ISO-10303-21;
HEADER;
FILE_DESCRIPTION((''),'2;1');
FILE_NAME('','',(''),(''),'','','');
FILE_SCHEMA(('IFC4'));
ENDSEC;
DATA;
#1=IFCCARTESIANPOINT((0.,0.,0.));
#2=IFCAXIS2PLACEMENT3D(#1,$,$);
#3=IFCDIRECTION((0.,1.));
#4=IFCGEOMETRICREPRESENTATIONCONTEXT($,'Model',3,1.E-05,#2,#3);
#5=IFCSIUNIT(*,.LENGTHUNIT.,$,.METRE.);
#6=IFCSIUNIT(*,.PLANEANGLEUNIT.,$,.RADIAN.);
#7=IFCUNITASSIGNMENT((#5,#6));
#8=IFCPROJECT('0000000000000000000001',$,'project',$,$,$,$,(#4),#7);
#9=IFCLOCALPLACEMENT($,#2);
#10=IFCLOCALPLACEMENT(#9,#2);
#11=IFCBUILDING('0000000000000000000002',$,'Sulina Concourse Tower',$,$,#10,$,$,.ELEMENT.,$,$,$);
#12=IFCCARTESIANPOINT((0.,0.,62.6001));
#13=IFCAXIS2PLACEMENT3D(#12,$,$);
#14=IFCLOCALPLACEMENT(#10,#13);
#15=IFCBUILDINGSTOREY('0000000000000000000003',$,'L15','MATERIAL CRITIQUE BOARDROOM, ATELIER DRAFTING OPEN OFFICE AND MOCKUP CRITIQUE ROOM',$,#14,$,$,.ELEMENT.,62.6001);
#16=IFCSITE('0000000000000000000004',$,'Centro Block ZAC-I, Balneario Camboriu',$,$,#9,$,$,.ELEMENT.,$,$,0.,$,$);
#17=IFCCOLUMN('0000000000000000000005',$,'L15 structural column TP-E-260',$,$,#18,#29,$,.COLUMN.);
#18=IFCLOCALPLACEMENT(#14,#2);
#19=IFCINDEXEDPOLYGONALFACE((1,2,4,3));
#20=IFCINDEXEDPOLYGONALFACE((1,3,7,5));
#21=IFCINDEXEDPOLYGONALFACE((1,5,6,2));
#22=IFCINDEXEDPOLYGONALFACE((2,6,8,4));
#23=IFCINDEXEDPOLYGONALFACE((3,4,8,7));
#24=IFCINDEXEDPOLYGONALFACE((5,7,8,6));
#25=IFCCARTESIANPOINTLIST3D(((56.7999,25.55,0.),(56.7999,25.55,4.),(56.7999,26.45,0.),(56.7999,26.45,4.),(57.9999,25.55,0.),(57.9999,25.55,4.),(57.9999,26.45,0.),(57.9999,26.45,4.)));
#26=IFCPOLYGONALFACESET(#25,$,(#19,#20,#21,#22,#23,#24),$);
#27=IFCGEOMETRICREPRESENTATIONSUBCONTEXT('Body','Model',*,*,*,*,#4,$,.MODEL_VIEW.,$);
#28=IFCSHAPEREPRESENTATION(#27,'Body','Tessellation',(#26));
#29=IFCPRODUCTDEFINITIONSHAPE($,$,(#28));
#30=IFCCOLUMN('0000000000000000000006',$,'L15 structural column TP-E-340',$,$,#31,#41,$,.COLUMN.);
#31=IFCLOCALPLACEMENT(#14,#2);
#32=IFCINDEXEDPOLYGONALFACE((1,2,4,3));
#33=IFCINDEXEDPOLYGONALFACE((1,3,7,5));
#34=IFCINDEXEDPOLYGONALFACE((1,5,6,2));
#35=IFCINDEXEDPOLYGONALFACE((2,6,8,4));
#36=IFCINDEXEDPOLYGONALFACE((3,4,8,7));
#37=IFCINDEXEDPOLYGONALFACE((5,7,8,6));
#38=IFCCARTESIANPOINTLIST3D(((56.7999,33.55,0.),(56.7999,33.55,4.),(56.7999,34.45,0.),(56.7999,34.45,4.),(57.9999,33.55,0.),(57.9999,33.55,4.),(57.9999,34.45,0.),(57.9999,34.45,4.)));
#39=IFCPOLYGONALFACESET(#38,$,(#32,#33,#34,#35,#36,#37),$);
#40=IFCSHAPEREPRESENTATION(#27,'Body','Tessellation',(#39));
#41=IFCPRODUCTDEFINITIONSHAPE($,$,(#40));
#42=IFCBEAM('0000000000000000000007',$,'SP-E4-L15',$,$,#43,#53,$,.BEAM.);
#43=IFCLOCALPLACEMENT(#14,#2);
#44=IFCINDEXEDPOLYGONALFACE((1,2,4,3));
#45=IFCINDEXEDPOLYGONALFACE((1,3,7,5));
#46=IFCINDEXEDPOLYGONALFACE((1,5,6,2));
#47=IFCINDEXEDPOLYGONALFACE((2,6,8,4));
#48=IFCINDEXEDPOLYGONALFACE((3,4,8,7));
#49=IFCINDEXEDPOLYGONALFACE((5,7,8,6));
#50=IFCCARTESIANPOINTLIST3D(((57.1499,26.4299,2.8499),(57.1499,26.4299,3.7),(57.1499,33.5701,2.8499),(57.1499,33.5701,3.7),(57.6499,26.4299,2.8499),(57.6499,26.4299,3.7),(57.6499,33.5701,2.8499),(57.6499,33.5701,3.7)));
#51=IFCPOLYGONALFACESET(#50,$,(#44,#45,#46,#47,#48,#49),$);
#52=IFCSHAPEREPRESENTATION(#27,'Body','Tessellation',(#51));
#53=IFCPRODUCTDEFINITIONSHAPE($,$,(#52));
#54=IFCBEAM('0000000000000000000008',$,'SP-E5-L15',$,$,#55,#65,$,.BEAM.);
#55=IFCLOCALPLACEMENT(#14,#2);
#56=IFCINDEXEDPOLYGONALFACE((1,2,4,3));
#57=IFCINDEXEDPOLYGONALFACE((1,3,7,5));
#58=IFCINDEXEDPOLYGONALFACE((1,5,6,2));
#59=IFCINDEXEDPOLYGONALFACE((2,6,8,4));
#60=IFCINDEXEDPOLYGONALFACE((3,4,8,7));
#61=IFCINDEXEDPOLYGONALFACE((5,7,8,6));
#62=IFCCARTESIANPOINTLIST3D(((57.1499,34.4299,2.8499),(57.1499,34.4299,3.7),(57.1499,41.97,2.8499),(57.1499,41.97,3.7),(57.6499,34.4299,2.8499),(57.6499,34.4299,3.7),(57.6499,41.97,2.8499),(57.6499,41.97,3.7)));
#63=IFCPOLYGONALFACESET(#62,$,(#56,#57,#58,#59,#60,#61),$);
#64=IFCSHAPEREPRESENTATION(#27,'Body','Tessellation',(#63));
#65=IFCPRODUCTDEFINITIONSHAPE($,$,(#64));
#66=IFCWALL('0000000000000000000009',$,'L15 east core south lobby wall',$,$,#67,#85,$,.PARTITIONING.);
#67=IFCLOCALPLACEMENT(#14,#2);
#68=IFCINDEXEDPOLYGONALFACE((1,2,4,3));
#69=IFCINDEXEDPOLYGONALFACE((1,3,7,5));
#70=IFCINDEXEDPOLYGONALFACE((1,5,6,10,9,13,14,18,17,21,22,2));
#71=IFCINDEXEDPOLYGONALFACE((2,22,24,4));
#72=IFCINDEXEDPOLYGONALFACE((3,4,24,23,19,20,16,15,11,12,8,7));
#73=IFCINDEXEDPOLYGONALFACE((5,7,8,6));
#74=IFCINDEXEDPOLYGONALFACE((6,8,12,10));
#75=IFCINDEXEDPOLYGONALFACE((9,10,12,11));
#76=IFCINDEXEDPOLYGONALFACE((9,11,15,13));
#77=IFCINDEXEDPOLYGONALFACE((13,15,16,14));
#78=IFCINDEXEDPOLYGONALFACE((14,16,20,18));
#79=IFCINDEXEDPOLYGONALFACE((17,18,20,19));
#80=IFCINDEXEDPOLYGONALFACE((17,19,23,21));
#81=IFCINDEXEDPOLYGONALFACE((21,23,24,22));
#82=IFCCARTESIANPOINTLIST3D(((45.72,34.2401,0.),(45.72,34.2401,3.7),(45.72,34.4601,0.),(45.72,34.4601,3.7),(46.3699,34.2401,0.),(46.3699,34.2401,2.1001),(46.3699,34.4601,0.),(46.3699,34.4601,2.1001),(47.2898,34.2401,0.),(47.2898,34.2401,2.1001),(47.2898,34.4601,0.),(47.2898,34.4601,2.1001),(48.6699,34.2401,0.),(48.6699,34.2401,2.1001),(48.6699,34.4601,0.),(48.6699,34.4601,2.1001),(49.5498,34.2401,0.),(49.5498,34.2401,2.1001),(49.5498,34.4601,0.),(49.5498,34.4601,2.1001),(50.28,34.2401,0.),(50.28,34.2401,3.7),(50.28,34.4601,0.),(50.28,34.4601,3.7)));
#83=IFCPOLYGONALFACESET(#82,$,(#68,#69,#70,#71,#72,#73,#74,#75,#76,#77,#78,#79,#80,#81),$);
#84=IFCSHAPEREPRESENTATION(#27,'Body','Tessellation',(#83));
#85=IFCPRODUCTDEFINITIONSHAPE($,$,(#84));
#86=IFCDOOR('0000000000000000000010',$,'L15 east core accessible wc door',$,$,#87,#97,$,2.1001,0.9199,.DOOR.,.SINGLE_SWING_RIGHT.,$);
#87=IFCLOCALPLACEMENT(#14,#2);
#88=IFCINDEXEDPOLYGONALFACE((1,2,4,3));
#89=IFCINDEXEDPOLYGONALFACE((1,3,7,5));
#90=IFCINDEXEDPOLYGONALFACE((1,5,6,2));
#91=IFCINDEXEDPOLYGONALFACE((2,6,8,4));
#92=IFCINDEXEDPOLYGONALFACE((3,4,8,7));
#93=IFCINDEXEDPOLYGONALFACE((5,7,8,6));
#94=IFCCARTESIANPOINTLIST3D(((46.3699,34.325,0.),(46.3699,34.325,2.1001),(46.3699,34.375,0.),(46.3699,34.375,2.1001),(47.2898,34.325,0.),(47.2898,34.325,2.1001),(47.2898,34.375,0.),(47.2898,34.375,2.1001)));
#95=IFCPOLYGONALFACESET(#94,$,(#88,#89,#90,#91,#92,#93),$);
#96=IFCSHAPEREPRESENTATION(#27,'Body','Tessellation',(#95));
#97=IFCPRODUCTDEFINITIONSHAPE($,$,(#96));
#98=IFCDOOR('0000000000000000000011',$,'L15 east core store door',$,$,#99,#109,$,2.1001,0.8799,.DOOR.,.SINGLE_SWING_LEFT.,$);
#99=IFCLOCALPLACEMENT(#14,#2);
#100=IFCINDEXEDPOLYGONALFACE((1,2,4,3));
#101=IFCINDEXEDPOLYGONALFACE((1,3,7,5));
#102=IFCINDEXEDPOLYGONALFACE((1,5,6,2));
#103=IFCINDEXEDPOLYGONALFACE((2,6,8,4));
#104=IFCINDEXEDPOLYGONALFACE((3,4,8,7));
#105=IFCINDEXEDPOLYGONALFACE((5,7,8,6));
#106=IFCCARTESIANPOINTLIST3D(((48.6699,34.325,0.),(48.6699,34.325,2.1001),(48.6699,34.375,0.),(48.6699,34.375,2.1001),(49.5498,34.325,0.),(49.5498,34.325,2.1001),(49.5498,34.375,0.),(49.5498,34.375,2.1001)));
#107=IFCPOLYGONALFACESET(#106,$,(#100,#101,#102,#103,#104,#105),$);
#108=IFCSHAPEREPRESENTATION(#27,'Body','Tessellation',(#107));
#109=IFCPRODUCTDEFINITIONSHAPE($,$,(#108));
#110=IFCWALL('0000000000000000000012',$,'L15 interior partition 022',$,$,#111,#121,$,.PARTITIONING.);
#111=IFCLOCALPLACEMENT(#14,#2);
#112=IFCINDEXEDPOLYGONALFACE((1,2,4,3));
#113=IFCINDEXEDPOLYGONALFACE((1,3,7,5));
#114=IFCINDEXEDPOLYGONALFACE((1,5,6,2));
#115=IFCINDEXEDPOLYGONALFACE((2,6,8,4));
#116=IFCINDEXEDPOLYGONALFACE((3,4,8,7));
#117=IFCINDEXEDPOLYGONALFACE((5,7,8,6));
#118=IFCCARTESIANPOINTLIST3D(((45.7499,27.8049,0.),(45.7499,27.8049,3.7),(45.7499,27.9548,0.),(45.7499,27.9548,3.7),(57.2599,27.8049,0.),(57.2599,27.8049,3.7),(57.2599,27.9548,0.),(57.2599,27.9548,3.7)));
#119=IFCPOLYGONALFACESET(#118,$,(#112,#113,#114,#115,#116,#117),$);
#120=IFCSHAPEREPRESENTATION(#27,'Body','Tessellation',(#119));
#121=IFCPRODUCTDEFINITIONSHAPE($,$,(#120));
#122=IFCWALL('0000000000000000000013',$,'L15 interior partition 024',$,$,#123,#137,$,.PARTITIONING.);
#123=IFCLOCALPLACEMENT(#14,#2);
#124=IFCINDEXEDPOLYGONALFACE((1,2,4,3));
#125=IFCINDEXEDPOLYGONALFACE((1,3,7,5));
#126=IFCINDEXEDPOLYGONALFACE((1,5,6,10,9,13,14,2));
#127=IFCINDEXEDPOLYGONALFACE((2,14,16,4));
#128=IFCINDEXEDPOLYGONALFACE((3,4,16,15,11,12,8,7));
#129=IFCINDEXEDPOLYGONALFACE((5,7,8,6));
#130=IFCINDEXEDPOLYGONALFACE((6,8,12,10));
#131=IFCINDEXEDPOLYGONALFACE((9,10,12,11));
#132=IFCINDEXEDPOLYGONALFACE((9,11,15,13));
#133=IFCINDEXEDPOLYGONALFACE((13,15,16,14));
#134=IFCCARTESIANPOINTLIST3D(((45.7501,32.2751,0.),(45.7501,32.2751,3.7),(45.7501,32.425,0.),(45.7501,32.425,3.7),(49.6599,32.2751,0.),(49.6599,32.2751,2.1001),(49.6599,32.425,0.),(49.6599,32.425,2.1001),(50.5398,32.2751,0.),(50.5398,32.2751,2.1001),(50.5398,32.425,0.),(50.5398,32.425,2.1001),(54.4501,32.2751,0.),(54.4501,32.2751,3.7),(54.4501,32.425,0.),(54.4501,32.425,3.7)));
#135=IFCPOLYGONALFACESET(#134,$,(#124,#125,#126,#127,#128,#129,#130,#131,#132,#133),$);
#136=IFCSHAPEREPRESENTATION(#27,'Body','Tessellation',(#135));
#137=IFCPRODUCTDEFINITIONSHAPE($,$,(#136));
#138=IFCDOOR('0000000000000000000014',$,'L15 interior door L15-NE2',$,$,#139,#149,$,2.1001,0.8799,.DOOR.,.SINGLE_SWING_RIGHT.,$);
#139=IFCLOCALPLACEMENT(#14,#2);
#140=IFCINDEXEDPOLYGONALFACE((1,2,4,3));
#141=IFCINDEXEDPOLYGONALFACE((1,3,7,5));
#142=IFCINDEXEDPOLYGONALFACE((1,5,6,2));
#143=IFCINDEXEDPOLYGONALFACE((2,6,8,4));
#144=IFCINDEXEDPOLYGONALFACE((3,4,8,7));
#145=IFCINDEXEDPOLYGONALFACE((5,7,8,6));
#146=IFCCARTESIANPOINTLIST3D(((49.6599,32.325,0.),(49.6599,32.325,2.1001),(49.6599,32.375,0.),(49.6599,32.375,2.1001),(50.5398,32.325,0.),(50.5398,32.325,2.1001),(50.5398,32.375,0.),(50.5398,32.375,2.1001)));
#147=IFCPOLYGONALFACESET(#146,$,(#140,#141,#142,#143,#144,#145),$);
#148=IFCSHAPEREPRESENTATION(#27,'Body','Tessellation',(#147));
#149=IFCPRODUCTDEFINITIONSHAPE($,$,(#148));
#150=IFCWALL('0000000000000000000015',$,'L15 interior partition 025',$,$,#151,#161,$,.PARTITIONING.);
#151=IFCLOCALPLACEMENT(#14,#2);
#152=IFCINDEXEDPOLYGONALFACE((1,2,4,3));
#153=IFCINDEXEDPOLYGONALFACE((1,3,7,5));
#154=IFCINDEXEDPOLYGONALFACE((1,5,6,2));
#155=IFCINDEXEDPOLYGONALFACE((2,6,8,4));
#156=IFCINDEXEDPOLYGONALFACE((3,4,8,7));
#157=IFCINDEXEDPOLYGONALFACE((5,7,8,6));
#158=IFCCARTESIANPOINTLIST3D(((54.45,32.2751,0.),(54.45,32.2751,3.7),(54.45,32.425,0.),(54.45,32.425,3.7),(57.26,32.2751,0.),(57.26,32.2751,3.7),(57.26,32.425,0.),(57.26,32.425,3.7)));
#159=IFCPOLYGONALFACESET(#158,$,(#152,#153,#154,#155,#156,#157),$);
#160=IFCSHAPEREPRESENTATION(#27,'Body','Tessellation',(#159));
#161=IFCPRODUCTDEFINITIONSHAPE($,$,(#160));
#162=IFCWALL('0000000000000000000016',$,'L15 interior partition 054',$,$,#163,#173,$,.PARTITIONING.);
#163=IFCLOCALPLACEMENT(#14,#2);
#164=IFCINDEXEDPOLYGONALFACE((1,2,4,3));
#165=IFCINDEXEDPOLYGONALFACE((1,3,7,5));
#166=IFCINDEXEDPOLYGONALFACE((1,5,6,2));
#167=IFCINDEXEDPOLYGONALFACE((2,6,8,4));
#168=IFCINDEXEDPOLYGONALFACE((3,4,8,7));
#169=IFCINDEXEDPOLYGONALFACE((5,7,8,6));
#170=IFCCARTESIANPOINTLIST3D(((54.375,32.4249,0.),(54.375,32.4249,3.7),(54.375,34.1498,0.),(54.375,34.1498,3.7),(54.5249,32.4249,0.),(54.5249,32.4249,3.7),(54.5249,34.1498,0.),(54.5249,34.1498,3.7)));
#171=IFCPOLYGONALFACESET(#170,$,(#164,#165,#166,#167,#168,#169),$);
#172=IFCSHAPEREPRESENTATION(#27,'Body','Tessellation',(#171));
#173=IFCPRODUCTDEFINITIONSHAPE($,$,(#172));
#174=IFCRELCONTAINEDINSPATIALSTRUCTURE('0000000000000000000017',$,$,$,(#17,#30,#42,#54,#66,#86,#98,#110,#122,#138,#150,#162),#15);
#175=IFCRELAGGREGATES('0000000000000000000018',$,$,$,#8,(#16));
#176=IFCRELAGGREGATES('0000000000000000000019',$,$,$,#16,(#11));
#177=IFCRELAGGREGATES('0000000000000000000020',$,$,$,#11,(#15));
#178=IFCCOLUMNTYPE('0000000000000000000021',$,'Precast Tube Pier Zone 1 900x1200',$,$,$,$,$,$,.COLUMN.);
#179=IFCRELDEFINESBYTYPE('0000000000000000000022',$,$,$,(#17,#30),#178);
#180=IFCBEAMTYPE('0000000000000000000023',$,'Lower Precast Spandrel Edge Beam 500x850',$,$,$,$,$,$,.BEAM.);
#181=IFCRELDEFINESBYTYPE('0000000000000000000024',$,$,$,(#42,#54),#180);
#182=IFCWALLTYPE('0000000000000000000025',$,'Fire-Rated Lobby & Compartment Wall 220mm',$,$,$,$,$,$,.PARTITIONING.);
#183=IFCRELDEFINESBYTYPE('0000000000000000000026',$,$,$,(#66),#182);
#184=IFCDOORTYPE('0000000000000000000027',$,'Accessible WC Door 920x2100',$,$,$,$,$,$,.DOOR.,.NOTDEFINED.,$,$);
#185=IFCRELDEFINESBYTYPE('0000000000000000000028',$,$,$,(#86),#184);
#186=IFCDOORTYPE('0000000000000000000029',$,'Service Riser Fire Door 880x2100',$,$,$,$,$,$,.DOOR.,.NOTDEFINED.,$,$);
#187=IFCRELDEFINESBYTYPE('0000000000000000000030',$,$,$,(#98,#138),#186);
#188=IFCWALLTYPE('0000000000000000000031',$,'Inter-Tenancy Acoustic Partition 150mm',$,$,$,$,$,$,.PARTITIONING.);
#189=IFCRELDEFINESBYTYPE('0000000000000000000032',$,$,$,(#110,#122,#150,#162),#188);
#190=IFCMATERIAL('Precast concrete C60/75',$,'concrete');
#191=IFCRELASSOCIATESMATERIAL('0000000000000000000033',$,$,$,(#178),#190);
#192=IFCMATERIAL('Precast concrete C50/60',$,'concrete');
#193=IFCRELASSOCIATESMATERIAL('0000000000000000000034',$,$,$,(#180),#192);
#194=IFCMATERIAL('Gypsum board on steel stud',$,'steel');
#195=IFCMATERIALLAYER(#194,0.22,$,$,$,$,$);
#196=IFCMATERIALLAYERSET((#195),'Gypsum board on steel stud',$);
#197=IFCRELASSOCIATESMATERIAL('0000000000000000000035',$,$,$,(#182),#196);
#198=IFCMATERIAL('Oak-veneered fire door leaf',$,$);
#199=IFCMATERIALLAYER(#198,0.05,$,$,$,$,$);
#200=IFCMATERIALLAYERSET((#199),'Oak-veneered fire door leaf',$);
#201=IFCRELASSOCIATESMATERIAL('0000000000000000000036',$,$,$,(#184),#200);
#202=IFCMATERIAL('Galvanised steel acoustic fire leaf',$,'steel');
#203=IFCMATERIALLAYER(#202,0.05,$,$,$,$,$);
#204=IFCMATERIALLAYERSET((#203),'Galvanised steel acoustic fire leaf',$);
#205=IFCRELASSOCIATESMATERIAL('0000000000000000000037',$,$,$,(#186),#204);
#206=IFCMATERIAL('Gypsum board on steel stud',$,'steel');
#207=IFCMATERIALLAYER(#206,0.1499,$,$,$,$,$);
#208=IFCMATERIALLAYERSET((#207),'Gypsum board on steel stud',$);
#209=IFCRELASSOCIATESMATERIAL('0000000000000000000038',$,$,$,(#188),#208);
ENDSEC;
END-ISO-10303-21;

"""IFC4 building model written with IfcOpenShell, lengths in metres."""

from ifc_helpers import new_model, si_unit, direction, frame, frame_2d, origin, origin_2d, place, context, subcontext, project, spatial, rectangle, extrude, material, layer, layer_set, material_profile, profile_set, type_object, element, fill, save


model = new_model("IFC4")

# Units and contexts
model_context = context("Model", 3, precision=1e-05, world=origin(), true_north=direction((0.0, 1.0)))
body_context = subcontext(model_context, "Body", "Model", "MODEL_VIEW")
ifc_project = project(units=[si_unit("LENGTHUNIT", "METRE"), si_unit("PLANEANGLEUNIT", "RADIAN")], contexts=[model_context])

# Site, building, storey
site_placement = place(None, origin())
site = spatial("IfcSite", under=ifc_project, at=site_placement, Name="Centro Block ZAC-I, Balneario Camboriu", CompositionType="ELEMENT", RefElevation=0.0)
building_placement = place(site_placement, origin())
building = spatial("IfcBuilding", under=site, at=building_placement, Name="Sulina Concourse Tower", CompositionType="ELEMENT")
storey_placement = place(building_placement, frame((0.0, 0.0, 62.6001)))
storey = spatial("IfcBuildingStorey", under=building, at=storey_placement, Name="L15", Description="MATERIAL CRITIQUE BOARDROOM, ATELIER DRAFTING OPEN OFFICE AND MOCKUP CRITIQUE ROOM", CompositionType="ELEMENT", Elevation=62.6001)

# Columns
ifc_material_1 = material(Name="Precast concrete C60/75", Category="concrete")
ifc_material_profile_1 = material_profile(ifc_material_1, rectangle(XDim=0.8999, YDim=1.2, at=origin_2d()), Name="PC 900x1200")
ifc_profile_set_1 = profile_set([ifc_material_profile_1], Name="Precast concrete C60/75")
column_type = type_object("IfcColumnType", Name="Precast Tube Pier Zone 1 900x1200", PredefinedType="COLUMN", material=ifc_profile_set_1)
for number, where, z_axis, x_axis, name in (
    (1, (57.3999, 26.0, 0.0), (0.0, 0.0, 1.0), (0.0, 1.0, 0.0), "L15 structural column TP-E-260"),
    (2, (57.3999, 34.0, 0.0), (0.0, 0.0, 1.0), (0.0, 1.0, 0.0), "L15 structural column TP-E-340"),
):
    element("IfcColumn", number, at=place(storey_placement, frame(where, z_axis=z_axis, x_axis=x_axis)), inside=storey, type_object=column_type, Name=name, PredefinedType="COLUMN", context=body_context, shape_type="SweptSolid", body=[
        extrude(rectangle(XDim=0.8999, YDim=1.2, at=origin_2d()), origin(), (0.0, 0.0, 1.0), 4.0),
    ])

# Beams
ifc_material_2 = material(Name="Precast concrete C50/60", Category="concrete")
ifc_material_profile_2 = material_profile(ifc_material_2, rectangle(XDim=0.5, YDim=0.8501, at=origin_2d()), Name="RC 500x850")
ifc_profile_set_2 = profile_set([ifc_material_profile_2], Name="Precast concrete C50/60")
beam_type = type_object("IfcBeamType", Name="Lower Precast Spandrel Edge Beam 500x850", PredefinedType="BEAM", material=ifc_profile_set_2)
beam_1_placement = place(storey_placement, frame((57.3999, 26.4299, 3.2749), z_axis=(0.0, 1.0, 0.0), x_axis=(-1.0, 0.0, 0.0)))
element("IfcBeam", 3, at=beam_1_placement, inside=storey, type_object=beam_type, Name="SP-E4-L15", PredefinedType="BEAM", context=body_context, shape_type="SweptSolid", body=[
    extrude(rectangle(XDim=0.5, YDim=0.8501, at=origin_2d()), origin(), (0.0, 0.0, 1.0), 7.1401),
])
beam_2_placement = place(storey_placement, frame((57.3999, 34.4299, 3.2749), z_axis=(0.0, 1.0, 0.0), x_axis=(-1.0, 0.0, 0.0)))
element("IfcBeam", 4, at=beam_2_placement, inside=storey, type_object=beam_type, Name="SP-E5-L15", PredefinedType="BEAM", context=body_context, shape_type="SweptSolid", body=[
    extrude(rectangle(XDim=0.5, YDim=0.8501, at=origin_2d()), origin(), (0.0, 0.0, 1.0), 7.54),
])

# Wall, openings, doors
ifc_material_3 = material(Name="Gypsum board on steel stud", Category="steel")
ifc_layer_1 = layer(ifc_material_3, 0.22)
ifc_layer_set_1 = layer_set([ifc_layer_1], Name="Gypsum board on steel stud")
wall_type_1 = type_object("IfcWallType", Name="Fire-Rated Lobby & Compartment Wall 220mm", PredefinedType="PARTITIONING", material=ifc_layer_set_1)
wall_1_placement = place(storey_placement, frame((45.72, 34.3501, 0.0), z_axis=(0.0, 0.0, 1.0), x_axis=(1.0, 0.0, 0.0)))
wall_1 = element("IfcWall", 5, at=wall_1_placement, inside=storey, type_object=wall_type_1, Name="L15 east core south lobby wall", PredefinedType="PARTITIONING", context=body_context, shape_type="SweptSolid", body=[
    extrude(rectangle(XDim=4.5601, YDim=0.22, at=frame_2d((2.28, 0.0))), origin(), (0.0, 0.0, 1.0), 3.7),
])
opening_1_placement = place(wall_1_placement, frame((0.6499, 0.0, 0.0)))
opening_1 = element("IfcOpeningElement", 6, at=opening_1_placement, cuts=wall_1, PredefinedType="OPENING", context=body_context, shape_type="SweptSolid", body=[
    extrude(rectangle(XDim=0.9199, YDim=2.1001, at=frame_2d((0.46, 1.05))), frame((0.0, 0.1199, 0.0), z_axis=(0.0, -1.0, 0.0), x_axis=(1.0, 0.0, 0.0)), (0.0, 0.0, 1.0), 0.24),
])
opening_2_placement = place(wall_1_placement, frame((2.95, 0.0, 0.0)))
opening_2 = element("IfcOpeningElement", 7, at=opening_2_placement, cuts=wall_1, PredefinedType="OPENING", context=body_context, shape_type="SweptSolid", body=[
    extrude(rectangle(XDim=0.8799, YDim=2.1001, at=frame_2d((0.4399, 1.05))), frame((0.0, 0.1199, 0.0), z_axis=(0.0, -1.0, 0.0), x_axis=(1.0, 0.0, 0.0)), (0.0, 0.0, 1.0), 0.24),
])
ifc_material_4 = material(Name="Oak-veneered fire door leaf")
ifc_layer_2 = layer(ifc_material_4, 0.05)
ifc_layer_set_2 = layer_set([ifc_layer_2], Name="Oak-veneered fire door leaf")
door_type_1 = type_object("IfcDoorType", Name="Accessible WC Door 920x2100", OperationType="NOTDEFINED", PredefinedType="DOOR", material=ifc_layer_set_2)
door_1_placement = place(opening_1_placement, origin())
door_1 = element("IfcDoor", 8, at=door_1_placement, inside=storey, type_object=door_type_1, Name="L15 east core accessible wc door", OperationType="SINGLE_SWING_RIGHT", OverallHeight=2.1001, OverallWidth=0.9199, PredefinedType="DOOR", context=body_context, shape_type="SweptSolid", body=[
    extrude(rectangle(XDim=0.9199, YDim=2.1001, at=frame_2d((0.46, 1.05))), frame((0.0, 0.0249, 0.0), z_axis=(0.0, -1.0, 0.0), x_axis=(1.0, 0.0, 0.0)), (0.0, 0.0, 1.0), 0.05),
])
fill(opening_1, door_1)
ifc_material_5 = material(Name="Galvanised steel acoustic fire leaf", Category="steel")
ifc_layer_3 = layer(ifc_material_5, 0.05)
ifc_layer_set_3 = layer_set([ifc_layer_3], Name="Galvanised steel acoustic fire leaf")
door_type_2 = type_object("IfcDoorType", Name="Service Riser Fire Door 880x2100", OperationType="NOTDEFINED", PredefinedType="DOOR", material=ifc_layer_set_3)
door_2_placement = place(opening_2_placement, origin())
door_2 = element("IfcDoor", 9, at=door_2_placement, inside=storey, type_object=door_type_2, Name="L15 east core store door", OperationType="SINGLE_SWING_LEFT", OverallHeight=2.1001, OverallWidth=0.8799, PredefinedType="DOOR", context=body_context, shape_type="SweptSolid", body=[
    extrude(rectangle(XDim=0.8799, YDim=2.1001, at=frame_2d((0.4399, 1.05))), frame((0.0, 0.0249, 0.0), z_axis=(0.0, -1.0, 0.0), x_axis=(1.0, 0.0, 0.0)), (0.0, 0.0, 1.0), 0.05),
])
fill(opening_2, door_2)

# Wall
ifc_material_6 = material(Name="Gypsum board on steel stud", Category="steel")
ifc_layer_4 = layer(ifc_material_6, 0.1499)
ifc_layer_set_4 = layer_set([ifc_layer_4], Name="Gypsum board on steel stud")
wall_type_2 = type_object("IfcWallType", Name="Inter-Tenancy Acoustic Partition 150mm", PredefinedType="PARTITIONING", material=ifc_layer_set_4)
wall_2_placement = place(storey_placement, frame((45.75, 27.8799, 0.0), z_axis=(0.0, 0.0, 1.0), x_axis=(1.0, 0.0, 0.0)))
element("IfcWall", 10, at=wall_2_placement, inside=storey, type_object=wall_type_2, Name="L15 interior partition 022", PredefinedType="PARTITIONING", context=body_context, shape_type="SweptSolid", body=[
    extrude(rectangle(XDim=11.51, YDim=0.1499, at=frame_2d((5.7549, 0.0))), origin(), (0.0, 0.0, 1.0), 3.7),
])

# Wall, opening, door
wall_3_placement = place(storey_placement, frame((45.75, 32.3501, 0.0), z_axis=(0.0, 0.0, 1.0), x_axis=(1.0, 0.0, 0.0)))
wall_3 = element("IfcWall", 11, at=wall_3_placement, inside=storey, type_object=wall_type_2, Name="L15 interior partition 024", PredefinedType="PARTITIONING", context=body_context, shape_type="SweptSolid", body=[
    extrude(rectangle(XDim=8.7, YDim=0.1499, at=frame_2d((4.3501, 0.0))), origin(), (0.0, 0.0, 1.0), 3.7),
])
opening_3_placement = place(wall_3_placement, frame((3.9099, 0.0, 0.0)))
opening_3 = element("IfcOpeningElement", 12, at=opening_3_placement, cuts=wall_3, PredefinedType="OPENING", context=body_context, shape_type="SweptSolid", body=[
    extrude(rectangle(XDim=0.8799, YDim=2.1001, at=frame_2d((0.4399, 1.05))), frame((0.0, 0.085, 0.0), z_axis=(0.0, -1.0, 0.0), x_axis=(1.0, 0.0, 0.0)), (0.0, 0.0, 1.0), 0.1699),
])
door_3_placement = place(opening_3_placement, origin())
door_3 = element("IfcDoor", 13, at=door_3_placement, inside=storey, type_object=door_type_2, Name="L15 interior door L15-NE2", OperationType="SINGLE_SWING_RIGHT", OverallHeight=2.1001, OverallWidth=0.8799, PredefinedType="DOOR", context=body_context, shape_type="SweptSolid", body=[
    extrude(rectangle(XDim=0.8799, YDim=2.1001, at=frame_2d((0.4399, 1.05))), frame((0.0, 0.0249, 0.0), z_axis=(0.0, -1.0, 0.0), x_axis=(1.0, 0.0, 0.0)), (0.0, 0.0, 1.0), 0.05),
])
fill(opening_3, door_3)

# Walls
wall_4_placement = place(storey_placement, frame((54.45, 32.3501, 0.0), z_axis=(0.0, 0.0, 1.0), x_axis=(1.0, 0.0, 0.0)))
element("IfcWall", 14, at=wall_4_placement, inside=storey, type_object=wall_type_2, Name="L15 interior partition 025", PredefinedType="PARTITIONING", context=body_context, shape_type="SweptSolid", body=[
    extrude(rectangle(XDim=2.8101, YDim=0.1499, at=frame_2d((1.405, 0.0))), origin(), (0.0, 0.0, 1.0), 3.7),
])
wall_5_placement = place(storey_placement, frame((54.45, 32.425, 0.0), z_axis=(0.0, 0.0, 1.0), x_axis=(0.0, 1.0, 0.0)))
element("IfcWall", 15, at=wall_5_placement, inside=storey, type_object=wall_type_2, Name="L15 interior partition 054", PredefinedType="PARTITIONING", context=body_context, shape_type="SweptSolid", body=[
    extrude(rectangle(XDim=1.7249, YDim=0.1499, at=frame_2d((0.8623, 0.0))), origin(), (0.0, 0.0, 1.0), 3.7),
])

save(model, "model.ifc")
